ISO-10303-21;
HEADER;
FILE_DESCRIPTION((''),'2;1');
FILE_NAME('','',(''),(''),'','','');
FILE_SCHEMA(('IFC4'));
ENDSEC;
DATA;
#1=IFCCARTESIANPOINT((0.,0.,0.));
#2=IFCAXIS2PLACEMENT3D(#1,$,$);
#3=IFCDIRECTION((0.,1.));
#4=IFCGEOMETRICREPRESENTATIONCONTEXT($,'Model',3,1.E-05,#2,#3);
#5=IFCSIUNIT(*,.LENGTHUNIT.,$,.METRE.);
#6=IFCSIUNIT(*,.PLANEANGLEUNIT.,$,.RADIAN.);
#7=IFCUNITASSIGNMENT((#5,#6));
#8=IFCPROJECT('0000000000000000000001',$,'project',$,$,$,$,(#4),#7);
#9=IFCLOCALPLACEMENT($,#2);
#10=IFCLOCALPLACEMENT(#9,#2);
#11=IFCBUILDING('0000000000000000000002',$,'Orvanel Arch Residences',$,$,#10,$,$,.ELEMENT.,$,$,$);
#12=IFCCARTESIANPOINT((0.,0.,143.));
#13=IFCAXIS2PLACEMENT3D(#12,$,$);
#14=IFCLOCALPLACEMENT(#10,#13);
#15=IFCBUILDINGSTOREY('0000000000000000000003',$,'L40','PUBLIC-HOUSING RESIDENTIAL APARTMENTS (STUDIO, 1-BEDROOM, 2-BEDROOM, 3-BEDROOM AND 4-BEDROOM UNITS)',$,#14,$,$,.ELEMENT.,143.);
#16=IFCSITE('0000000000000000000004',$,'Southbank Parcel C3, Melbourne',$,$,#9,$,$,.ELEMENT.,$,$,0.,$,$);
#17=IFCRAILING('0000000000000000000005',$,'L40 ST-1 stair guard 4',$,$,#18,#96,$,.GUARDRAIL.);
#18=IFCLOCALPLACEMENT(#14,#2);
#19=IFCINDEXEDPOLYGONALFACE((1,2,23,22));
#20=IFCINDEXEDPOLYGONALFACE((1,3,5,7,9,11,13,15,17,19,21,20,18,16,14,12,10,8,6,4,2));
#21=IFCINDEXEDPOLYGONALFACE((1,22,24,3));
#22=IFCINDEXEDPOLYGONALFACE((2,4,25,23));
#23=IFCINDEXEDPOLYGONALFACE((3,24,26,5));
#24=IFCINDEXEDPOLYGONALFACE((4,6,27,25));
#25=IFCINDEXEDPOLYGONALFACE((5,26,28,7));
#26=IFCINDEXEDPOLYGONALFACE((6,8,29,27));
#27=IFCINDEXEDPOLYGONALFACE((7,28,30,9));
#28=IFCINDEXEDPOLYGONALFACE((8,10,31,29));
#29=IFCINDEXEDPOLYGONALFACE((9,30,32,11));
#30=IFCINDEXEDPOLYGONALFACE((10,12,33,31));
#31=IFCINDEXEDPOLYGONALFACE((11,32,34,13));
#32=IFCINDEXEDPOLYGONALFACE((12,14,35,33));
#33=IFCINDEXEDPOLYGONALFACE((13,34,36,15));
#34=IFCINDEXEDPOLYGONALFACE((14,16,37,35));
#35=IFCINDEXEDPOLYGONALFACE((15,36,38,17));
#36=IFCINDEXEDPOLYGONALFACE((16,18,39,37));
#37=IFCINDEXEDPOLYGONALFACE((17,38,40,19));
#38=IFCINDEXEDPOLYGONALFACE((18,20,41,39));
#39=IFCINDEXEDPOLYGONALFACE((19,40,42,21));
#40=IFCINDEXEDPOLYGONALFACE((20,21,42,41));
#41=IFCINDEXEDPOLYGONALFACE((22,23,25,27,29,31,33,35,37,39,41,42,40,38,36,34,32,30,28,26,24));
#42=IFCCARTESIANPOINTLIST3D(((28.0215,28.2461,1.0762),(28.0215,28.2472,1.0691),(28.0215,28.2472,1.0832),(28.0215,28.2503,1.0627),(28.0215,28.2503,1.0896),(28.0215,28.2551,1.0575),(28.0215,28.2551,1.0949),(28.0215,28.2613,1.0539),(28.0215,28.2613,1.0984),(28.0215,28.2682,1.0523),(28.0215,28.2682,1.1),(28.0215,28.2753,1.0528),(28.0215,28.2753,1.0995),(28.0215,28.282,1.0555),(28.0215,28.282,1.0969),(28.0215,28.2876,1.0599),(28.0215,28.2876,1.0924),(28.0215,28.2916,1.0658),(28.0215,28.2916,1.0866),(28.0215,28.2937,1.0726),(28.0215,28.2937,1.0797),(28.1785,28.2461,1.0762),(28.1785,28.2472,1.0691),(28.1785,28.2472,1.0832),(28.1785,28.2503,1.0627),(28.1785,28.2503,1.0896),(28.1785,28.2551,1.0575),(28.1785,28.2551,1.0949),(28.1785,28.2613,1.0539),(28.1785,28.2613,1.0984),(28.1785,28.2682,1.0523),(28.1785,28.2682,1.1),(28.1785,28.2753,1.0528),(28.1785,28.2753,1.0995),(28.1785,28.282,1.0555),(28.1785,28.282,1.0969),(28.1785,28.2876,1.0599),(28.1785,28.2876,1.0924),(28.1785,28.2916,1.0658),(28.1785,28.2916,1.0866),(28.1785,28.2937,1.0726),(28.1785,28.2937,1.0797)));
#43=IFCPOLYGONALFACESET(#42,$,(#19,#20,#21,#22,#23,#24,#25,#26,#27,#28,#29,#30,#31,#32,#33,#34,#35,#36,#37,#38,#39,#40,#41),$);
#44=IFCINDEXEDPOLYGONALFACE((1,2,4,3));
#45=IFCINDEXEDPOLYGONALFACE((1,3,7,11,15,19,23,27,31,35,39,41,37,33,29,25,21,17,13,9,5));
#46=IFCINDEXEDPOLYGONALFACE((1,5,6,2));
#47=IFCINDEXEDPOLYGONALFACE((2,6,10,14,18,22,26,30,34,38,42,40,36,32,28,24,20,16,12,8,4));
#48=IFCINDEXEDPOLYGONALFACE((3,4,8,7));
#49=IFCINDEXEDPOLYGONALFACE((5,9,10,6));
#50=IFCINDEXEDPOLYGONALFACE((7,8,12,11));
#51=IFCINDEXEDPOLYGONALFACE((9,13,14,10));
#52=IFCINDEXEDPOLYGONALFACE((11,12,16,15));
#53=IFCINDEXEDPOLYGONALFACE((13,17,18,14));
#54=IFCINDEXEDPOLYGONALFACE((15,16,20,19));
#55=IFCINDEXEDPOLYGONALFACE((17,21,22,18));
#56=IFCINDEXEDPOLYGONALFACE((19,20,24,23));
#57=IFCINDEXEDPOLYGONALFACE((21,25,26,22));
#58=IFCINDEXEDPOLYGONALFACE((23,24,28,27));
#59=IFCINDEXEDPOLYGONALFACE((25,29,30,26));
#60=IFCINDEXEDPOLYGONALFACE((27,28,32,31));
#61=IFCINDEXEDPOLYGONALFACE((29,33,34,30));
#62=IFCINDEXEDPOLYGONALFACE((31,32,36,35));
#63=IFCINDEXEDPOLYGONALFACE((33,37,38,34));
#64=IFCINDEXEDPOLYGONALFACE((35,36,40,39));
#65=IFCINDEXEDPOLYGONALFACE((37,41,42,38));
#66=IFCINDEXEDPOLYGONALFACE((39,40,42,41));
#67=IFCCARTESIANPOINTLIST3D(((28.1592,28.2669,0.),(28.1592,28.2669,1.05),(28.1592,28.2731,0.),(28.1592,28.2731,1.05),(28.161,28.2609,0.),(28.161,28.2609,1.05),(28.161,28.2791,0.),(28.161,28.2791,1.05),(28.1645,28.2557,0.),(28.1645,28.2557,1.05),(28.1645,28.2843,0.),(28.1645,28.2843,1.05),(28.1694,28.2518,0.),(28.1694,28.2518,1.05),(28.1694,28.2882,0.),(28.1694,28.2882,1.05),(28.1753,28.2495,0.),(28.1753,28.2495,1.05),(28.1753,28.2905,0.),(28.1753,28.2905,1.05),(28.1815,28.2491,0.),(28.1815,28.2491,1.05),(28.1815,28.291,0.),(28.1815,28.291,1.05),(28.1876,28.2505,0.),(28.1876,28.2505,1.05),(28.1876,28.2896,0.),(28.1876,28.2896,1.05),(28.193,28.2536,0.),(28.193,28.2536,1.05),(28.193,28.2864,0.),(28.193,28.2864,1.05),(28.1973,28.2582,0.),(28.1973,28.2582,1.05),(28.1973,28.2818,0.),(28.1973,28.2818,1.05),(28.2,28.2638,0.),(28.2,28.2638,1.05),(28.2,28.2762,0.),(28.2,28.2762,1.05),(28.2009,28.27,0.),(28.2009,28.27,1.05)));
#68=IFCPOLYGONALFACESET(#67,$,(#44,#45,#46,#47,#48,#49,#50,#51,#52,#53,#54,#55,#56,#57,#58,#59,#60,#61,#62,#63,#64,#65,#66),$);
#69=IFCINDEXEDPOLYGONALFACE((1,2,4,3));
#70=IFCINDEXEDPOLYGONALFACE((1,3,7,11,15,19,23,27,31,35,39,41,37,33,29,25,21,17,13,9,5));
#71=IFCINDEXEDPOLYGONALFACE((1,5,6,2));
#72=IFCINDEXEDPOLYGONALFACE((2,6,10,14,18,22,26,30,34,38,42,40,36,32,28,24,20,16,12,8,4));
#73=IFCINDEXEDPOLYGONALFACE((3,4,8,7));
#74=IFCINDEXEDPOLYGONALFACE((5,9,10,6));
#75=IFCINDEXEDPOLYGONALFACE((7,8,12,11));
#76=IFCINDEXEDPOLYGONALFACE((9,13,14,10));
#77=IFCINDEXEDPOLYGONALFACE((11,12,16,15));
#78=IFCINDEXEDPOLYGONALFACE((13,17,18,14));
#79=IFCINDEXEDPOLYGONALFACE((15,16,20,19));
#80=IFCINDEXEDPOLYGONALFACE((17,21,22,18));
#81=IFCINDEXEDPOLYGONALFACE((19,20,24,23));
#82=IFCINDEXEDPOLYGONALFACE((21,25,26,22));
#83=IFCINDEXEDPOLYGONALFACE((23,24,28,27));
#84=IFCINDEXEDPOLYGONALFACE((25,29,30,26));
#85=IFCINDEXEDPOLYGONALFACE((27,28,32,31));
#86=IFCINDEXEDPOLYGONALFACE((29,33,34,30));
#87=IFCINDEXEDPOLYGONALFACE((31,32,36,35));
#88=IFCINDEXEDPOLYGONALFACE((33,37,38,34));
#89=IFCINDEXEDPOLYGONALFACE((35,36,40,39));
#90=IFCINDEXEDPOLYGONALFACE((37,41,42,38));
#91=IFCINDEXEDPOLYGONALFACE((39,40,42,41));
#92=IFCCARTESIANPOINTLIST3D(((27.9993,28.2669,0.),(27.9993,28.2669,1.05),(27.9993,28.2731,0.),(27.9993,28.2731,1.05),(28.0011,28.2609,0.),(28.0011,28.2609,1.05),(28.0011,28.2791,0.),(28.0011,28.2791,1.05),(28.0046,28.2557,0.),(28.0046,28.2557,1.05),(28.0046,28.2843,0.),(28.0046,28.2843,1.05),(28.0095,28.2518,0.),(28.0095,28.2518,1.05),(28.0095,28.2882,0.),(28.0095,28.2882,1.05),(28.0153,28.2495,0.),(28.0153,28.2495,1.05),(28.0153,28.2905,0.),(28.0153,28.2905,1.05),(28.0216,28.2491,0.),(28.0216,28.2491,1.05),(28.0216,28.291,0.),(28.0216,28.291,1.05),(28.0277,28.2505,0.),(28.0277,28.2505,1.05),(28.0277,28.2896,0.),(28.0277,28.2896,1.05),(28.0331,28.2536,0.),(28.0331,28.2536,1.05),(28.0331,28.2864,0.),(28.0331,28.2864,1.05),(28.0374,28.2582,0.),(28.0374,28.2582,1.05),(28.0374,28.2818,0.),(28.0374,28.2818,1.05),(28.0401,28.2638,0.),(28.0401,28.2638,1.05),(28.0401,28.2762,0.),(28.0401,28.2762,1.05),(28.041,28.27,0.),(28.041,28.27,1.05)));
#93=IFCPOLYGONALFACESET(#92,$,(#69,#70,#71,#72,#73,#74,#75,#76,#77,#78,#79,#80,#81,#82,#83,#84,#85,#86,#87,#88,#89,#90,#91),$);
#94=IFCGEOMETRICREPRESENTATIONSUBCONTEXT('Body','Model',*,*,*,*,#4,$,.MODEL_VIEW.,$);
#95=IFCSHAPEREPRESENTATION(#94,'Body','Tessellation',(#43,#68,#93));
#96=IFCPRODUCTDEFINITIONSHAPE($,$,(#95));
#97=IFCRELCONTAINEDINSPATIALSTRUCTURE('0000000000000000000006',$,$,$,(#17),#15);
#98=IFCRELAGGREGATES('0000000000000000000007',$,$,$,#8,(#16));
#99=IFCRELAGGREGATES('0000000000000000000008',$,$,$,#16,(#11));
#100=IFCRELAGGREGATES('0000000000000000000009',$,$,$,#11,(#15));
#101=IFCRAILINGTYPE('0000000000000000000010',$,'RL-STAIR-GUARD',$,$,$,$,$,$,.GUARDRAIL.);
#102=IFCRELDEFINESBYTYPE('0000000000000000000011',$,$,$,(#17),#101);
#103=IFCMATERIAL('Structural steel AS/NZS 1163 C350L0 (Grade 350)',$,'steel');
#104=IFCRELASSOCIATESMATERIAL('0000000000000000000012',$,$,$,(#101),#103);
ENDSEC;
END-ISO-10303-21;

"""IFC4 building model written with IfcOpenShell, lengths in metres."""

from ifc_helpers import new_model, si_unit, direction, frame, origin, origin_2d, place, context, subcontext, project, spatial, circle, extrude, material, type_object, element, save


model = new_model("IFC4")

# Units and contexts
model_context = context("Model", 3, precision=1e-05, world=origin(), true_north=direction((0.0, 1.0)))
body_context = subcontext(model_context, "Body", "Model", "MODEL_VIEW")
ifc_project = project(units=[si_unit("LENGTHUNIT", "METRE"), si_unit("PLANEANGLEUNIT", "RADIAN")], contexts=[model_context])

# Site, building, storey
site_placement = place(None, origin())
site = spatial("IfcSite", under=ifc_project, at=site_placement, Name="Southbank Parcel C3, Melbourne", CompositionType="ELEMENT", RefElevation=0.0)
building_placement = place(site_placement, origin())
building = spatial("IfcBuilding", under=site, at=building_placement, Name="Orvanel Arch Residences", CompositionType="ELEMENT")
storey_placement = place(building_placement, frame((0.0, 0.0, 143.0)))
storey = spatial("IfcBuildingStorey", under=building, at=storey_placement, Name="L40", Description="PUBLIC-HOUSING RESIDENTIAL APARTMENTS (STUDIO, 1-BEDROOM, 2-BEDROOM, 3-BEDROOM AND 4-BEDROOM UNITS)", CompositionType="ELEMENT", Elevation=143.0)

# Railing
ifc_material_1 = material(Name="Structural steel AS/NZS 1163 C350L0 (Grade 350)", Category="steel")
railing_type_1 = type_object("IfcRailingType", Name="RL-STAIR-GUARD", PredefinedType="GUARDRAIL", material=ifc_material_1)
railing_1_placement = place(storey_placement, frame((28.1799, 28.27, 0.0)))
element("IfcRailing", 1, at=railing_1_placement, inside=storey, type_object=railing_type_1, Name="L40 ST-1 stair guard 4", PredefinedType="GUARDRAIL", context=body_context, shape_type="SweptSolid", body=[
    extrude(circle(Radius=0.0239, at=origin_2d()), frame((-0.0015, 0.0, 1.0762), z_axis=(-1.0, 0.0, 0.0), x_axis=(0.0, -1.0, 0.0)), (0.0, 0.0, 1.0), 0.157),
    extrude(circle(Radius=0.021, at=origin_2d()), origin(), (0.0, 0.0, 1.0), 1.05),
    extrude(circle(Radius=0.021, at=origin_2d()), frame((-0.1599, 0.0, 0.0)), (0.0, 0.0, 1.0), 1.05),
])

save(model, "model.ifc")
